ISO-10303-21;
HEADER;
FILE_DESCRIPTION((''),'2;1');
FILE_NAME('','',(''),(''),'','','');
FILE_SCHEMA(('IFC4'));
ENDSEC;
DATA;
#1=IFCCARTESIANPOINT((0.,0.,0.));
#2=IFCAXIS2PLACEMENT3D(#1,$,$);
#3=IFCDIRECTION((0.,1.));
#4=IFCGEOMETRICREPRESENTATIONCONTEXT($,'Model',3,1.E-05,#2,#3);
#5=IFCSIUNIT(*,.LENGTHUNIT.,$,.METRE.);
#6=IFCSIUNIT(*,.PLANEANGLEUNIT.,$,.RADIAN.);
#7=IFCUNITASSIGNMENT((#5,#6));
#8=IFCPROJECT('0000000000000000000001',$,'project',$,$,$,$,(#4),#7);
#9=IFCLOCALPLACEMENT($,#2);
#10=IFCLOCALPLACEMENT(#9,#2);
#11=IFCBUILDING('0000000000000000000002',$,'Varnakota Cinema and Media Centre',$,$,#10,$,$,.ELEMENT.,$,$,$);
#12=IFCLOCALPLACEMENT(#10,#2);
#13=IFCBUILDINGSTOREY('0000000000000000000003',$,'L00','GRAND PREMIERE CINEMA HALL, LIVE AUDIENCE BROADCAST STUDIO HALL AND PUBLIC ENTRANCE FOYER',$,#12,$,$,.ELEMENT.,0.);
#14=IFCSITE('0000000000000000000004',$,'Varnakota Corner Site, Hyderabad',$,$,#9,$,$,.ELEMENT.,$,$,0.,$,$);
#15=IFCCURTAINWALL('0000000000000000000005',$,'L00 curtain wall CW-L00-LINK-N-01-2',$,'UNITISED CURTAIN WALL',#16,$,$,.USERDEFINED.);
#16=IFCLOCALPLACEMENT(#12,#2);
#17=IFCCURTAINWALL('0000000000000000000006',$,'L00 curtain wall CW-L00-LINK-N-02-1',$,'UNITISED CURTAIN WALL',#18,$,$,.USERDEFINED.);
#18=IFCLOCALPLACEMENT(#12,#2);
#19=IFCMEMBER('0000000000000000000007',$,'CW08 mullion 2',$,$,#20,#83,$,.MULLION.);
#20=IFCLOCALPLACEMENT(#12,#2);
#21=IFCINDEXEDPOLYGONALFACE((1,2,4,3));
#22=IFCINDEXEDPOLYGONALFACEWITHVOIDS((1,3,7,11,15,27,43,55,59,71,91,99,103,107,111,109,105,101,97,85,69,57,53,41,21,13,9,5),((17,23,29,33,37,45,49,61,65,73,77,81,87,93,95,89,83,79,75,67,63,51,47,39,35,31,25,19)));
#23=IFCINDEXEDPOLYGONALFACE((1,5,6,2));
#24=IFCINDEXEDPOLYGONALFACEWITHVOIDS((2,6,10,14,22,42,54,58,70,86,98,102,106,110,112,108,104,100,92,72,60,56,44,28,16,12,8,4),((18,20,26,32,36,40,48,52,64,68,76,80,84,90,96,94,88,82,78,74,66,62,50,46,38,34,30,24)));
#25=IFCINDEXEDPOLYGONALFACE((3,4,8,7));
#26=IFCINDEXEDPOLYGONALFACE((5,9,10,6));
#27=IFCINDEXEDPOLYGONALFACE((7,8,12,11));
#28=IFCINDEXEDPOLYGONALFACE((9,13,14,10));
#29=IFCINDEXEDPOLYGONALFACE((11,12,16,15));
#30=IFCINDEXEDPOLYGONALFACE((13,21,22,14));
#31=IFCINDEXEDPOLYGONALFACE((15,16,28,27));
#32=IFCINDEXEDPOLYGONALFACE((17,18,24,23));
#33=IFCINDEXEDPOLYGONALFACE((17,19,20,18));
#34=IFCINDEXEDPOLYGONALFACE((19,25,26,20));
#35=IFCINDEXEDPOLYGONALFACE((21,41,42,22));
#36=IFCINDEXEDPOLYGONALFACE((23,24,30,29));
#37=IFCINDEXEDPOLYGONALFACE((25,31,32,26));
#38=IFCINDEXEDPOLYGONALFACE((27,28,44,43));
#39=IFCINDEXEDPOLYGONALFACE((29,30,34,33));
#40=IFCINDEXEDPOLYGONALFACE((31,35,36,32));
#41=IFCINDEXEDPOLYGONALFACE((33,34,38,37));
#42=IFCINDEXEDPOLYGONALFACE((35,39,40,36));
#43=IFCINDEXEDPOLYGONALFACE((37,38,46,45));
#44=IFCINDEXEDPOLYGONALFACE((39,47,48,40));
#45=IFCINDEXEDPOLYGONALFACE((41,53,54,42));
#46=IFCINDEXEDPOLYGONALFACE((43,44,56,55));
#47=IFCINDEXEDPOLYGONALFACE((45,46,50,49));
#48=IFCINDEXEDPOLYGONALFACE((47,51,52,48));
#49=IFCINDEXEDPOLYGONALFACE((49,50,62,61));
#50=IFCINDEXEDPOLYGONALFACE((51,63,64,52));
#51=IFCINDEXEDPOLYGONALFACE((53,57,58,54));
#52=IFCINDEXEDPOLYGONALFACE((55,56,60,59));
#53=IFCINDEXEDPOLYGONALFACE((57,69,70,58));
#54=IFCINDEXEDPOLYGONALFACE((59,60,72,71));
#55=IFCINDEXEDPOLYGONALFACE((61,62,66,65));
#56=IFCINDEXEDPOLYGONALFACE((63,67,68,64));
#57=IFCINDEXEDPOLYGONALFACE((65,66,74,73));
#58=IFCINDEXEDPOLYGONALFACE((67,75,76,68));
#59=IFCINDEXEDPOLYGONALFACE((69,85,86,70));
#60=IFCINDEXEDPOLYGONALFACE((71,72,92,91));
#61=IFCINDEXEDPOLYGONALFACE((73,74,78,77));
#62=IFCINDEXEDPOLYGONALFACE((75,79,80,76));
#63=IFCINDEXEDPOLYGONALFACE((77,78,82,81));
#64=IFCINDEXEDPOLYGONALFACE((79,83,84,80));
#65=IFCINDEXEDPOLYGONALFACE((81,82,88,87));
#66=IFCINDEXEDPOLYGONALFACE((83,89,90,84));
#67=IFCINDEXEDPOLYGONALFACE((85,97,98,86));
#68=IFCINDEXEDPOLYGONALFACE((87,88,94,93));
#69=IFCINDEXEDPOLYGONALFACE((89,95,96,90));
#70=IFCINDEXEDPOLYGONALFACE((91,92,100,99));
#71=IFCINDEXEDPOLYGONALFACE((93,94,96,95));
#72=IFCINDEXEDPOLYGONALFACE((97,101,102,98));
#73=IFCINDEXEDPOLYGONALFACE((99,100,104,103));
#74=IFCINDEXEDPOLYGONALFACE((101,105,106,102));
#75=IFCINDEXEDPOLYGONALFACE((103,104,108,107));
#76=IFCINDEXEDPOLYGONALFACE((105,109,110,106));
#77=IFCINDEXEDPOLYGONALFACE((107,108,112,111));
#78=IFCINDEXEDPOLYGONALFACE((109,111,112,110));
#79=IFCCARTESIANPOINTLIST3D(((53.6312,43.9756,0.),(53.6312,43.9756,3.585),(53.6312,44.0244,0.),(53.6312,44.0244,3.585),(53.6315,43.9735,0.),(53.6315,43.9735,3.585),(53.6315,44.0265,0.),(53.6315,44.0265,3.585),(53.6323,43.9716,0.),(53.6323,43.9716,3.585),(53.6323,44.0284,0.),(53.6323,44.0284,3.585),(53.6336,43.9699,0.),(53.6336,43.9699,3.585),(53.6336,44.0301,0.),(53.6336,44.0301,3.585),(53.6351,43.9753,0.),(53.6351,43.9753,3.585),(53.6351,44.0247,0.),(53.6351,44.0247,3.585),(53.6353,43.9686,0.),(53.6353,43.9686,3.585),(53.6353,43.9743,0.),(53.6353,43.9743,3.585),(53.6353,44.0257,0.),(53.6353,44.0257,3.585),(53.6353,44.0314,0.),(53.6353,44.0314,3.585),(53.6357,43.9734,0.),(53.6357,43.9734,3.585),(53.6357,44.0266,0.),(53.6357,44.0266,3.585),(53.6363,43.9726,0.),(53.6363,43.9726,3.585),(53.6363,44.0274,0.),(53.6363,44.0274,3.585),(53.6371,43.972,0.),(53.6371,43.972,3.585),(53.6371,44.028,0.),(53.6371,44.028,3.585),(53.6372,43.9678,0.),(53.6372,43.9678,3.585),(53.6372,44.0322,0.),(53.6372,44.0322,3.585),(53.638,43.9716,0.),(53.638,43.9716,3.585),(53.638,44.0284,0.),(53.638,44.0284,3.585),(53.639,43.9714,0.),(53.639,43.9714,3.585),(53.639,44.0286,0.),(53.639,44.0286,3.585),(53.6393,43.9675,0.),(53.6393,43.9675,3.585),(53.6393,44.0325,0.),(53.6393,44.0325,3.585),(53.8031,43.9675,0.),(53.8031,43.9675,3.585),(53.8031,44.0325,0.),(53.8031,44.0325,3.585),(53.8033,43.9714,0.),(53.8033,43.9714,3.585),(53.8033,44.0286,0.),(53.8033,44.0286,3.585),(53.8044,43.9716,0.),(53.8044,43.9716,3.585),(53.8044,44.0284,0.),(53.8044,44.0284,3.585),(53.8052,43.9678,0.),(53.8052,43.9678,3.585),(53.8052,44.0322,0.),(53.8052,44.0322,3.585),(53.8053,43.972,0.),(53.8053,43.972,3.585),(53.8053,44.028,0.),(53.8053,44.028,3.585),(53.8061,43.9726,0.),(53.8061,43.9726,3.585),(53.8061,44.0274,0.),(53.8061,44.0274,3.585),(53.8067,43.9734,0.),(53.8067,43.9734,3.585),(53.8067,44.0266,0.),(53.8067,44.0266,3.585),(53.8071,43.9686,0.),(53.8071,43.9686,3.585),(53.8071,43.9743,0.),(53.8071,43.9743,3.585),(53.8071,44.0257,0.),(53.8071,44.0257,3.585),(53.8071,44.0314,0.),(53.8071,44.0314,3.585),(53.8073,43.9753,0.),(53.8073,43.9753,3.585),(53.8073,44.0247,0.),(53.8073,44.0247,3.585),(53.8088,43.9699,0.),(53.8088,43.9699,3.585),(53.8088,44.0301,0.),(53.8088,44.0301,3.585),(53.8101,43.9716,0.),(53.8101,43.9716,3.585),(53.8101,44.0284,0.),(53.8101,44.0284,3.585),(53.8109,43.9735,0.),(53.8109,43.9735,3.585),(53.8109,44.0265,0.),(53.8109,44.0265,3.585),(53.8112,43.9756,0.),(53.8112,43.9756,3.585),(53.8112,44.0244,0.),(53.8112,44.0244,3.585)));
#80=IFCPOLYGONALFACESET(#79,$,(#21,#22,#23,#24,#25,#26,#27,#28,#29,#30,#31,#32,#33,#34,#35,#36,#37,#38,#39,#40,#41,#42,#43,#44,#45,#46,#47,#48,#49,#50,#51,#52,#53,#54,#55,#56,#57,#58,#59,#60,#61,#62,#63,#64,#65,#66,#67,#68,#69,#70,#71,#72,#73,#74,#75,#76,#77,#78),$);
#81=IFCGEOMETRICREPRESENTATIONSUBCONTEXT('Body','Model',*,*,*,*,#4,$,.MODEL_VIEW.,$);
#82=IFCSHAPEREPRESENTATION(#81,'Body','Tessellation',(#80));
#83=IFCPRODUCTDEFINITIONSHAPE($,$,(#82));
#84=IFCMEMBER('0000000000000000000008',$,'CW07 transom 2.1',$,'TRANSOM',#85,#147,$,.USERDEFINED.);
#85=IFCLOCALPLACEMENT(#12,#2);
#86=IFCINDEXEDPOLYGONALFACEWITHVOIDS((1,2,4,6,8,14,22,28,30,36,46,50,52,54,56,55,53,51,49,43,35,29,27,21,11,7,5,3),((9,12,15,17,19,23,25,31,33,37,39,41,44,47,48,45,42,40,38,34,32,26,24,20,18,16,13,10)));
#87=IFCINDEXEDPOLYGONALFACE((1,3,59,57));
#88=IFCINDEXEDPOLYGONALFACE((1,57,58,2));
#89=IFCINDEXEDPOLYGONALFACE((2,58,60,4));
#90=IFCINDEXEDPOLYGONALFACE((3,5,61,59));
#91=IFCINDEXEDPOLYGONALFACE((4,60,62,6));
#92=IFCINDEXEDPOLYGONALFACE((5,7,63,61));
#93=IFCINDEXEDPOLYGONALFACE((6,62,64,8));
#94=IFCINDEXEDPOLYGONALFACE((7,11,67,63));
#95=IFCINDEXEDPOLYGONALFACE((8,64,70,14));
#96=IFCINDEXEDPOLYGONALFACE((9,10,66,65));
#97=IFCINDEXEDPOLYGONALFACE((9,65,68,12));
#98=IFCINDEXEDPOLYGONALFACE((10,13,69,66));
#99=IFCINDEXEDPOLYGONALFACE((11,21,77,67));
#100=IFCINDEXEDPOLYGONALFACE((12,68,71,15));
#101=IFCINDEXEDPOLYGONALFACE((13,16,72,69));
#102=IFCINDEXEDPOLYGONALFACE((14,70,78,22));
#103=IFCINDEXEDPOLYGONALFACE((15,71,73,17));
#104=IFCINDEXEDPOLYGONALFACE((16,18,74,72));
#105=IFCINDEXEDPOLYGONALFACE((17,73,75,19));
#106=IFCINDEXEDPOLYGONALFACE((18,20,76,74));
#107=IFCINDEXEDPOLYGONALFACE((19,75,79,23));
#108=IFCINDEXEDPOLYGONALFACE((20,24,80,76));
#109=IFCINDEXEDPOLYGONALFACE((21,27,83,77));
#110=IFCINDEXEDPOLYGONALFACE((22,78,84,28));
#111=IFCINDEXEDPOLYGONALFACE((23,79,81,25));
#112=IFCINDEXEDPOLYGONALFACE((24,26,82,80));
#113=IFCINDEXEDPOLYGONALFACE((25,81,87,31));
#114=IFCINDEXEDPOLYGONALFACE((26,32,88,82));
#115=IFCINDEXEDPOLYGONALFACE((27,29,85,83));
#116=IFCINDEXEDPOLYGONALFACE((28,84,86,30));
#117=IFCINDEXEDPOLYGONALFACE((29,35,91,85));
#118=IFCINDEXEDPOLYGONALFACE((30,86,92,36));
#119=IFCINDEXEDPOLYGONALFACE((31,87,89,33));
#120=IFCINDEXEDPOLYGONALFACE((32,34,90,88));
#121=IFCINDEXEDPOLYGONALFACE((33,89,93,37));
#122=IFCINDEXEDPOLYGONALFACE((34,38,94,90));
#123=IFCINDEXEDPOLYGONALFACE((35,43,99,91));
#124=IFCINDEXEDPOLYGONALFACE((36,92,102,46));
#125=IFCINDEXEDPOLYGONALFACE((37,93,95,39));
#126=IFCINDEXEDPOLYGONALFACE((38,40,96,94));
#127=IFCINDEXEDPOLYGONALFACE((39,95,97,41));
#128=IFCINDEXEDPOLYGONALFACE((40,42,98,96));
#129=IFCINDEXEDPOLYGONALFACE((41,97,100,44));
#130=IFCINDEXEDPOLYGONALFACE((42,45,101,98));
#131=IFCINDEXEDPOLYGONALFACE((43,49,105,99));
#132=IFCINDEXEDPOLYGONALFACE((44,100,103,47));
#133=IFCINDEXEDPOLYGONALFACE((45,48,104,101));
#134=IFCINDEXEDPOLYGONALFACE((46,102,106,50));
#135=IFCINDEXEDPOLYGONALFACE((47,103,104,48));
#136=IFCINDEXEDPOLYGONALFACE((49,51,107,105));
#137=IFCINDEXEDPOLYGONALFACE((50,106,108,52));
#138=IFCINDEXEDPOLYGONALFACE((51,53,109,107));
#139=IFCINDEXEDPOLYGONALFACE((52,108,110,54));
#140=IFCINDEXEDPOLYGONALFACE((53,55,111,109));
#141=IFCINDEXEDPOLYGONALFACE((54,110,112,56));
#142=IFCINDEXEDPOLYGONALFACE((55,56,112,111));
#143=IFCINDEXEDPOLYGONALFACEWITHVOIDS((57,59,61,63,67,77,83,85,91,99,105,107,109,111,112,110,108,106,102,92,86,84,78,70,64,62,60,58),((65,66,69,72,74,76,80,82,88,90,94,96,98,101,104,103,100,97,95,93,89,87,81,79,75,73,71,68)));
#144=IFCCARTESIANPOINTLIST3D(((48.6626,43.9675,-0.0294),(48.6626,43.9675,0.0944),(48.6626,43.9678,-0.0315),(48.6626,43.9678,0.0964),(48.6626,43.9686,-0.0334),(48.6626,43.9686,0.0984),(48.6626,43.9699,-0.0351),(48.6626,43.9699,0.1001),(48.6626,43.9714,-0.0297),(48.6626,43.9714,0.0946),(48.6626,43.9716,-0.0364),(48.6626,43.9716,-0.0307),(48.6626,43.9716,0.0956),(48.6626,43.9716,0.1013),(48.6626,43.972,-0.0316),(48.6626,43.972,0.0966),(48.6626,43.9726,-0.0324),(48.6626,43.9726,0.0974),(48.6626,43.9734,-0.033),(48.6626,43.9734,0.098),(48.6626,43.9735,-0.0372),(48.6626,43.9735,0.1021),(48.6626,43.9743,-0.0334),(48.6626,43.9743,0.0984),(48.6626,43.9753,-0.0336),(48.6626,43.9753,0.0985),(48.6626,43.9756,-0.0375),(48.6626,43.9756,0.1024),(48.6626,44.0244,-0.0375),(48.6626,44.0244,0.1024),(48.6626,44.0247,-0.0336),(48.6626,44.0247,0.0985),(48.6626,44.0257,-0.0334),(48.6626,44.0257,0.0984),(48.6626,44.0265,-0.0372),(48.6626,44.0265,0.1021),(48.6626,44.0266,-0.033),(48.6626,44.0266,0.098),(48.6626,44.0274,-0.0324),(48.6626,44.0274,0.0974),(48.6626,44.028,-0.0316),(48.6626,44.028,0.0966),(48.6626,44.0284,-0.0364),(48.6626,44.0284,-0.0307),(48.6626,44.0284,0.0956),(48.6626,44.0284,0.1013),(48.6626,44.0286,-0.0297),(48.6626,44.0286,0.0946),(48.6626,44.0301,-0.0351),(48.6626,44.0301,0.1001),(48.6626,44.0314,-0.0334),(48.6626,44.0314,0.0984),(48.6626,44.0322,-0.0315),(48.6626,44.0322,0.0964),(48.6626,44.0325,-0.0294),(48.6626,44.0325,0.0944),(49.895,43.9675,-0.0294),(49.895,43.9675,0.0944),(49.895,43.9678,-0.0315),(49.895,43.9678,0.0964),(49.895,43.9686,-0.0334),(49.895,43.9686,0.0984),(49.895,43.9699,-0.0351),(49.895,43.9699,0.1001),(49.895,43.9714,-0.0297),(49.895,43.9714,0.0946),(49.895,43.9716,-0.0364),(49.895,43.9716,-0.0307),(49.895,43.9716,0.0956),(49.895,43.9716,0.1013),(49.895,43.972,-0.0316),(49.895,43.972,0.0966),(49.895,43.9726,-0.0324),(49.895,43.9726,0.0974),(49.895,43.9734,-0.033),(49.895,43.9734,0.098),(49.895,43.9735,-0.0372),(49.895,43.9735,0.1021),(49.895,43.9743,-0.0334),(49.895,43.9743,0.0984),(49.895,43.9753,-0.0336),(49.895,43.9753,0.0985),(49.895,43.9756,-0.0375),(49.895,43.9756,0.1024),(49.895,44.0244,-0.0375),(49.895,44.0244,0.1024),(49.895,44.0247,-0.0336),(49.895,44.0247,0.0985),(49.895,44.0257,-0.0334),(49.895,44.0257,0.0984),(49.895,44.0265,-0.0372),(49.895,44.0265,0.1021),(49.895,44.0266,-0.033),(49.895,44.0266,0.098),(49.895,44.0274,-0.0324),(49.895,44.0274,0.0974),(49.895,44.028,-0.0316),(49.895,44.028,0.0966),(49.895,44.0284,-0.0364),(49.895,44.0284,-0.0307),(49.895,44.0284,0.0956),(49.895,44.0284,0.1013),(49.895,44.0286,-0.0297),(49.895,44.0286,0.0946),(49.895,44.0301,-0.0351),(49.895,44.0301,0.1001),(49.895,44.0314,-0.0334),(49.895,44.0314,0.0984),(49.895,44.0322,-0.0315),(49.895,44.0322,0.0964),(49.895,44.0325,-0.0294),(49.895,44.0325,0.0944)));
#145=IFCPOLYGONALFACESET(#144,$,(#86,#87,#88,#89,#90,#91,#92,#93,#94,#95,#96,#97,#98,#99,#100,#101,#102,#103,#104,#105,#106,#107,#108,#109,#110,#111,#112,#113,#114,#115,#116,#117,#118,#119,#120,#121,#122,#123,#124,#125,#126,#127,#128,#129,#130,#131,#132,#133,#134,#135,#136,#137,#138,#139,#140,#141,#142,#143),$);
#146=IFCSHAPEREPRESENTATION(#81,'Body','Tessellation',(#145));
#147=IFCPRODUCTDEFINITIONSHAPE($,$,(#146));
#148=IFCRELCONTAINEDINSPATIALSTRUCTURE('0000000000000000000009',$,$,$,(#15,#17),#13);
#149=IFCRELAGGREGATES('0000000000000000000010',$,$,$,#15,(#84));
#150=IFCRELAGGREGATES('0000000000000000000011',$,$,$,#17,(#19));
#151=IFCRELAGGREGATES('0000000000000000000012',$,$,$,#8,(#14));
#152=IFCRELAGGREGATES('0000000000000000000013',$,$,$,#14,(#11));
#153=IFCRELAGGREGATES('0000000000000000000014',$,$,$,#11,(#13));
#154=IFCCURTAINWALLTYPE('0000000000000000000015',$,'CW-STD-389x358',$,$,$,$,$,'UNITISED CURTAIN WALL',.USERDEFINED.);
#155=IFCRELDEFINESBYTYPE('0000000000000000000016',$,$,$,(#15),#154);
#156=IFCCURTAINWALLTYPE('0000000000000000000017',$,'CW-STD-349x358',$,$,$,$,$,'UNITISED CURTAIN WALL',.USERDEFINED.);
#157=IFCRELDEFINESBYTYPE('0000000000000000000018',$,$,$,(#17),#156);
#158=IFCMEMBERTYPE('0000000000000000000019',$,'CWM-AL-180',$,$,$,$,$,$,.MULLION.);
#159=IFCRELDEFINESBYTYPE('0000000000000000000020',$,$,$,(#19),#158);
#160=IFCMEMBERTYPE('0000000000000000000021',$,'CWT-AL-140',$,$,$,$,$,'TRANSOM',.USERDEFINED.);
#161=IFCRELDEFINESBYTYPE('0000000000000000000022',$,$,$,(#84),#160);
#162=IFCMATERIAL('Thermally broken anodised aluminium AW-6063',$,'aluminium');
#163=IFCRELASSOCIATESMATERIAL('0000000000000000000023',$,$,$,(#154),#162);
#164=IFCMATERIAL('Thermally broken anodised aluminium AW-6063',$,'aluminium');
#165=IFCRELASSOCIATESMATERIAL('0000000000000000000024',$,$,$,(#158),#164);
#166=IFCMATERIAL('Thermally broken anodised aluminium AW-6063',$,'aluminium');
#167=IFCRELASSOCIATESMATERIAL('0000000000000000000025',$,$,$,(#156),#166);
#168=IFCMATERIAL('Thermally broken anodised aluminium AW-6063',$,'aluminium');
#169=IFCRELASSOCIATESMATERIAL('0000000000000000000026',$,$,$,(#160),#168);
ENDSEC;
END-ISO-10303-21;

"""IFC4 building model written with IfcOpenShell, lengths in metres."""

from ifc_helpers import new_model, si_unit, direction, frame, origin, origin_2d, place, context, subcontext, project, spatial, hollow_rectangle, extrude, material, material_profile, profile_set, type_object, element, aggregate, save


model = new_model("IFC4")

# Units and contexts
model_context = context("Model", 3, precision=1e-05, world=origin(), true_north=direction((0.0, 1.0)))
body_context = subcontext(model_context, "Body", "Model", "MODEL_VIEW")
ifc_project = project(units=[si_unit("LENGTHUNIT", "METRE"), si_unit("PLANEANGLEUNIT", "RADIAN")], contexts=[model_context])

# Site, building, storey
site_placement = place(None, origin())
site = spatial("IfcSite", under=ifc_project, at=site_placement, Name="Varnakota Corner Site, Hyderabad", CompositionType="ELEMENT", RefElevation=0.0)
building_placement = place(site_placement, origin())
building = spatial("IfcBuilding", under=site, at=building_placement, Name="Varnakota Cinema and Media Centre", CompositionType="ELEMENT")
storey_placement = place(building_placement, origin())
storey = spatial("IfcBuildingStorey", under=building, at=storey_placement, Name="L00", Description="GRAND PREMIERE CINEMA HALL, LIVE AUDIENCE BROADCAST STUDIO HALL AND PUBLIC ENTRANCE FOYER", CompositionType="ELEMENT", Elevation=0.0)

# Curtain walls, member
ifc_material_1 = material(Name="Thermally broken anodised aluminium AW-6063", Category="aluminium")
curtain_wall_type_1 = type_object("IfcCurtainWallType", Name="CW-STD-389x358", ElementType="UNITISED CURTAIN WALL", PredefinedType="USERDEFINED", material=ifc_material_1)
curtain_wall_1_placement = place(storey_placement, origin())
curtain_wall_1 = element("IfcCurtainWall", 1, at=curtain_wall_1_placement, inside=storey, type_object=curtain_wall_type_1, Name="L00 curtain wall CW-L00-LINK-N-01-2", ObjectType="UNITISED CURTAIN WALL", PredefinedType="USERDEFINED")
ifc_material_2 = material(Name="Thermally broken anodised aluminium AW-6063", Category="aluminium")
ifc_material_profile_1 = material_profile(ifc_material_2, hollow_rectangle(XDim=0.0649, YDim=0.1799, WallThickness=0.0039, InnerFilletRadius=0.0039, OuterFilletRadius=0.0081, at=origin_2d()), Name="AL-MULLION 180x65x4")
ifc_profile_set_1 = profile_set([ifc_material_profile_1], Name="Thermally broken anodised aluminium AW-6063")
member_type_1 = type_object("IfcMemberType", Name="CWM-AL-180", PredefinedType="MULLION", material=ifc_profile_set_1)
ifc_material_3 = material(Name="Thermally broken anodised aluminium AW-6063", Category="aluminium")
curtain_wall_type_2 = type_object("IfcCurtainWallType", Name="CW-STD-349x358", ElementType="UNITISED CURTAIN WALL", PredefinedType="USERDEFINED", material=ifc_material_3)
curtain_wall_2_placement = place(storey_placement, origin())
curtain_wall_2 = element("IfcCurtainWall", 2, at=curtain_wall_2_placement, inside=storey, type_object=curtain_wall_type_2, Name="L00 curtain wall CW-L00-LINK-N-02-1", ObjectType="UNITISED CURTAIN WALL", PredefinedType="USERDEFINED")
member_1_placement = place(storey_placement, frame((53.7212, 44.0, 0.0), z_axis=(0.0, 0.0, 1.0), x_axis=(0.0, 1.0, 0.0)))
member_1 = element("IfcMember", 3, at=member_1_placement, type_object=member_type_1, Name="CW08 mullion 2", PredefinedType="MULLION", context=body_context, shape_type="SweptSolid", body=[
    extrude(hollow_rectangle(XDim=0.0649, YDim=0.1799, WallThickness=0.0039, InnerFilletRadius=0.0039, OuterFilletRadius=0.0081, at=origin_2d()), origin(), (0.0, 0.0, 1.0), 3.585),
])

# Member
ifc_material_4 = material(Name="Thermally broken anodised aluminium AW-6063", Category="aluminium")
ifc_material_profile_2 = material_profile(ifc_material_4, hollow_rectangle(XDim=0.0649, YDim=0.1399, WallThickness=0.0039, InnerFilletRadius=0.0039, OuterFilletRadius=0.0081, at=origin_2d()), Name="AL-TRANSOM 140x65x4")
ifc_profile_set_2 = profile_set([ifc_material_profile_2], Name="Thermally broken anodised aluminium AW-6063")
member_type_2 = type_object("IfcMemberType", Name="CWT-AL-140", ElementType="TRANSOM", PredefinedType="USERDEFINED", material=ifc_profile_set_2)
member_2_placement = place(storey_placement, frame((48.6626, 44.0, 0.0325), z_axis=(1.0, 0.0, 0.0), x_axis=(0.0, 1.0, 0.0)))
member_2 = element("IfcMember", 4, at=member_2_placement, type_object=member_type_2, Name="CW07 transom 2.1", ObjectType="TRANSOM", PredefinedType="USERDEFINED", context=body_context, shape_type="SweptSolid", body=[
    extrude(hollow_rectangle(XDim=0.0649, YDim=0.1399, WallThickness=0.0039, InnerFilletRadius=0.0039, OuterFilletRadius=0.0081, at=origin_2d()), origin(), (0.0, 0.0, 1.0), 1.2324),
])

aggregate(curtain_wall_1, [member_2])
aggregate(curtain_wall_2, [member_1])

save(model, "model.ifc")
